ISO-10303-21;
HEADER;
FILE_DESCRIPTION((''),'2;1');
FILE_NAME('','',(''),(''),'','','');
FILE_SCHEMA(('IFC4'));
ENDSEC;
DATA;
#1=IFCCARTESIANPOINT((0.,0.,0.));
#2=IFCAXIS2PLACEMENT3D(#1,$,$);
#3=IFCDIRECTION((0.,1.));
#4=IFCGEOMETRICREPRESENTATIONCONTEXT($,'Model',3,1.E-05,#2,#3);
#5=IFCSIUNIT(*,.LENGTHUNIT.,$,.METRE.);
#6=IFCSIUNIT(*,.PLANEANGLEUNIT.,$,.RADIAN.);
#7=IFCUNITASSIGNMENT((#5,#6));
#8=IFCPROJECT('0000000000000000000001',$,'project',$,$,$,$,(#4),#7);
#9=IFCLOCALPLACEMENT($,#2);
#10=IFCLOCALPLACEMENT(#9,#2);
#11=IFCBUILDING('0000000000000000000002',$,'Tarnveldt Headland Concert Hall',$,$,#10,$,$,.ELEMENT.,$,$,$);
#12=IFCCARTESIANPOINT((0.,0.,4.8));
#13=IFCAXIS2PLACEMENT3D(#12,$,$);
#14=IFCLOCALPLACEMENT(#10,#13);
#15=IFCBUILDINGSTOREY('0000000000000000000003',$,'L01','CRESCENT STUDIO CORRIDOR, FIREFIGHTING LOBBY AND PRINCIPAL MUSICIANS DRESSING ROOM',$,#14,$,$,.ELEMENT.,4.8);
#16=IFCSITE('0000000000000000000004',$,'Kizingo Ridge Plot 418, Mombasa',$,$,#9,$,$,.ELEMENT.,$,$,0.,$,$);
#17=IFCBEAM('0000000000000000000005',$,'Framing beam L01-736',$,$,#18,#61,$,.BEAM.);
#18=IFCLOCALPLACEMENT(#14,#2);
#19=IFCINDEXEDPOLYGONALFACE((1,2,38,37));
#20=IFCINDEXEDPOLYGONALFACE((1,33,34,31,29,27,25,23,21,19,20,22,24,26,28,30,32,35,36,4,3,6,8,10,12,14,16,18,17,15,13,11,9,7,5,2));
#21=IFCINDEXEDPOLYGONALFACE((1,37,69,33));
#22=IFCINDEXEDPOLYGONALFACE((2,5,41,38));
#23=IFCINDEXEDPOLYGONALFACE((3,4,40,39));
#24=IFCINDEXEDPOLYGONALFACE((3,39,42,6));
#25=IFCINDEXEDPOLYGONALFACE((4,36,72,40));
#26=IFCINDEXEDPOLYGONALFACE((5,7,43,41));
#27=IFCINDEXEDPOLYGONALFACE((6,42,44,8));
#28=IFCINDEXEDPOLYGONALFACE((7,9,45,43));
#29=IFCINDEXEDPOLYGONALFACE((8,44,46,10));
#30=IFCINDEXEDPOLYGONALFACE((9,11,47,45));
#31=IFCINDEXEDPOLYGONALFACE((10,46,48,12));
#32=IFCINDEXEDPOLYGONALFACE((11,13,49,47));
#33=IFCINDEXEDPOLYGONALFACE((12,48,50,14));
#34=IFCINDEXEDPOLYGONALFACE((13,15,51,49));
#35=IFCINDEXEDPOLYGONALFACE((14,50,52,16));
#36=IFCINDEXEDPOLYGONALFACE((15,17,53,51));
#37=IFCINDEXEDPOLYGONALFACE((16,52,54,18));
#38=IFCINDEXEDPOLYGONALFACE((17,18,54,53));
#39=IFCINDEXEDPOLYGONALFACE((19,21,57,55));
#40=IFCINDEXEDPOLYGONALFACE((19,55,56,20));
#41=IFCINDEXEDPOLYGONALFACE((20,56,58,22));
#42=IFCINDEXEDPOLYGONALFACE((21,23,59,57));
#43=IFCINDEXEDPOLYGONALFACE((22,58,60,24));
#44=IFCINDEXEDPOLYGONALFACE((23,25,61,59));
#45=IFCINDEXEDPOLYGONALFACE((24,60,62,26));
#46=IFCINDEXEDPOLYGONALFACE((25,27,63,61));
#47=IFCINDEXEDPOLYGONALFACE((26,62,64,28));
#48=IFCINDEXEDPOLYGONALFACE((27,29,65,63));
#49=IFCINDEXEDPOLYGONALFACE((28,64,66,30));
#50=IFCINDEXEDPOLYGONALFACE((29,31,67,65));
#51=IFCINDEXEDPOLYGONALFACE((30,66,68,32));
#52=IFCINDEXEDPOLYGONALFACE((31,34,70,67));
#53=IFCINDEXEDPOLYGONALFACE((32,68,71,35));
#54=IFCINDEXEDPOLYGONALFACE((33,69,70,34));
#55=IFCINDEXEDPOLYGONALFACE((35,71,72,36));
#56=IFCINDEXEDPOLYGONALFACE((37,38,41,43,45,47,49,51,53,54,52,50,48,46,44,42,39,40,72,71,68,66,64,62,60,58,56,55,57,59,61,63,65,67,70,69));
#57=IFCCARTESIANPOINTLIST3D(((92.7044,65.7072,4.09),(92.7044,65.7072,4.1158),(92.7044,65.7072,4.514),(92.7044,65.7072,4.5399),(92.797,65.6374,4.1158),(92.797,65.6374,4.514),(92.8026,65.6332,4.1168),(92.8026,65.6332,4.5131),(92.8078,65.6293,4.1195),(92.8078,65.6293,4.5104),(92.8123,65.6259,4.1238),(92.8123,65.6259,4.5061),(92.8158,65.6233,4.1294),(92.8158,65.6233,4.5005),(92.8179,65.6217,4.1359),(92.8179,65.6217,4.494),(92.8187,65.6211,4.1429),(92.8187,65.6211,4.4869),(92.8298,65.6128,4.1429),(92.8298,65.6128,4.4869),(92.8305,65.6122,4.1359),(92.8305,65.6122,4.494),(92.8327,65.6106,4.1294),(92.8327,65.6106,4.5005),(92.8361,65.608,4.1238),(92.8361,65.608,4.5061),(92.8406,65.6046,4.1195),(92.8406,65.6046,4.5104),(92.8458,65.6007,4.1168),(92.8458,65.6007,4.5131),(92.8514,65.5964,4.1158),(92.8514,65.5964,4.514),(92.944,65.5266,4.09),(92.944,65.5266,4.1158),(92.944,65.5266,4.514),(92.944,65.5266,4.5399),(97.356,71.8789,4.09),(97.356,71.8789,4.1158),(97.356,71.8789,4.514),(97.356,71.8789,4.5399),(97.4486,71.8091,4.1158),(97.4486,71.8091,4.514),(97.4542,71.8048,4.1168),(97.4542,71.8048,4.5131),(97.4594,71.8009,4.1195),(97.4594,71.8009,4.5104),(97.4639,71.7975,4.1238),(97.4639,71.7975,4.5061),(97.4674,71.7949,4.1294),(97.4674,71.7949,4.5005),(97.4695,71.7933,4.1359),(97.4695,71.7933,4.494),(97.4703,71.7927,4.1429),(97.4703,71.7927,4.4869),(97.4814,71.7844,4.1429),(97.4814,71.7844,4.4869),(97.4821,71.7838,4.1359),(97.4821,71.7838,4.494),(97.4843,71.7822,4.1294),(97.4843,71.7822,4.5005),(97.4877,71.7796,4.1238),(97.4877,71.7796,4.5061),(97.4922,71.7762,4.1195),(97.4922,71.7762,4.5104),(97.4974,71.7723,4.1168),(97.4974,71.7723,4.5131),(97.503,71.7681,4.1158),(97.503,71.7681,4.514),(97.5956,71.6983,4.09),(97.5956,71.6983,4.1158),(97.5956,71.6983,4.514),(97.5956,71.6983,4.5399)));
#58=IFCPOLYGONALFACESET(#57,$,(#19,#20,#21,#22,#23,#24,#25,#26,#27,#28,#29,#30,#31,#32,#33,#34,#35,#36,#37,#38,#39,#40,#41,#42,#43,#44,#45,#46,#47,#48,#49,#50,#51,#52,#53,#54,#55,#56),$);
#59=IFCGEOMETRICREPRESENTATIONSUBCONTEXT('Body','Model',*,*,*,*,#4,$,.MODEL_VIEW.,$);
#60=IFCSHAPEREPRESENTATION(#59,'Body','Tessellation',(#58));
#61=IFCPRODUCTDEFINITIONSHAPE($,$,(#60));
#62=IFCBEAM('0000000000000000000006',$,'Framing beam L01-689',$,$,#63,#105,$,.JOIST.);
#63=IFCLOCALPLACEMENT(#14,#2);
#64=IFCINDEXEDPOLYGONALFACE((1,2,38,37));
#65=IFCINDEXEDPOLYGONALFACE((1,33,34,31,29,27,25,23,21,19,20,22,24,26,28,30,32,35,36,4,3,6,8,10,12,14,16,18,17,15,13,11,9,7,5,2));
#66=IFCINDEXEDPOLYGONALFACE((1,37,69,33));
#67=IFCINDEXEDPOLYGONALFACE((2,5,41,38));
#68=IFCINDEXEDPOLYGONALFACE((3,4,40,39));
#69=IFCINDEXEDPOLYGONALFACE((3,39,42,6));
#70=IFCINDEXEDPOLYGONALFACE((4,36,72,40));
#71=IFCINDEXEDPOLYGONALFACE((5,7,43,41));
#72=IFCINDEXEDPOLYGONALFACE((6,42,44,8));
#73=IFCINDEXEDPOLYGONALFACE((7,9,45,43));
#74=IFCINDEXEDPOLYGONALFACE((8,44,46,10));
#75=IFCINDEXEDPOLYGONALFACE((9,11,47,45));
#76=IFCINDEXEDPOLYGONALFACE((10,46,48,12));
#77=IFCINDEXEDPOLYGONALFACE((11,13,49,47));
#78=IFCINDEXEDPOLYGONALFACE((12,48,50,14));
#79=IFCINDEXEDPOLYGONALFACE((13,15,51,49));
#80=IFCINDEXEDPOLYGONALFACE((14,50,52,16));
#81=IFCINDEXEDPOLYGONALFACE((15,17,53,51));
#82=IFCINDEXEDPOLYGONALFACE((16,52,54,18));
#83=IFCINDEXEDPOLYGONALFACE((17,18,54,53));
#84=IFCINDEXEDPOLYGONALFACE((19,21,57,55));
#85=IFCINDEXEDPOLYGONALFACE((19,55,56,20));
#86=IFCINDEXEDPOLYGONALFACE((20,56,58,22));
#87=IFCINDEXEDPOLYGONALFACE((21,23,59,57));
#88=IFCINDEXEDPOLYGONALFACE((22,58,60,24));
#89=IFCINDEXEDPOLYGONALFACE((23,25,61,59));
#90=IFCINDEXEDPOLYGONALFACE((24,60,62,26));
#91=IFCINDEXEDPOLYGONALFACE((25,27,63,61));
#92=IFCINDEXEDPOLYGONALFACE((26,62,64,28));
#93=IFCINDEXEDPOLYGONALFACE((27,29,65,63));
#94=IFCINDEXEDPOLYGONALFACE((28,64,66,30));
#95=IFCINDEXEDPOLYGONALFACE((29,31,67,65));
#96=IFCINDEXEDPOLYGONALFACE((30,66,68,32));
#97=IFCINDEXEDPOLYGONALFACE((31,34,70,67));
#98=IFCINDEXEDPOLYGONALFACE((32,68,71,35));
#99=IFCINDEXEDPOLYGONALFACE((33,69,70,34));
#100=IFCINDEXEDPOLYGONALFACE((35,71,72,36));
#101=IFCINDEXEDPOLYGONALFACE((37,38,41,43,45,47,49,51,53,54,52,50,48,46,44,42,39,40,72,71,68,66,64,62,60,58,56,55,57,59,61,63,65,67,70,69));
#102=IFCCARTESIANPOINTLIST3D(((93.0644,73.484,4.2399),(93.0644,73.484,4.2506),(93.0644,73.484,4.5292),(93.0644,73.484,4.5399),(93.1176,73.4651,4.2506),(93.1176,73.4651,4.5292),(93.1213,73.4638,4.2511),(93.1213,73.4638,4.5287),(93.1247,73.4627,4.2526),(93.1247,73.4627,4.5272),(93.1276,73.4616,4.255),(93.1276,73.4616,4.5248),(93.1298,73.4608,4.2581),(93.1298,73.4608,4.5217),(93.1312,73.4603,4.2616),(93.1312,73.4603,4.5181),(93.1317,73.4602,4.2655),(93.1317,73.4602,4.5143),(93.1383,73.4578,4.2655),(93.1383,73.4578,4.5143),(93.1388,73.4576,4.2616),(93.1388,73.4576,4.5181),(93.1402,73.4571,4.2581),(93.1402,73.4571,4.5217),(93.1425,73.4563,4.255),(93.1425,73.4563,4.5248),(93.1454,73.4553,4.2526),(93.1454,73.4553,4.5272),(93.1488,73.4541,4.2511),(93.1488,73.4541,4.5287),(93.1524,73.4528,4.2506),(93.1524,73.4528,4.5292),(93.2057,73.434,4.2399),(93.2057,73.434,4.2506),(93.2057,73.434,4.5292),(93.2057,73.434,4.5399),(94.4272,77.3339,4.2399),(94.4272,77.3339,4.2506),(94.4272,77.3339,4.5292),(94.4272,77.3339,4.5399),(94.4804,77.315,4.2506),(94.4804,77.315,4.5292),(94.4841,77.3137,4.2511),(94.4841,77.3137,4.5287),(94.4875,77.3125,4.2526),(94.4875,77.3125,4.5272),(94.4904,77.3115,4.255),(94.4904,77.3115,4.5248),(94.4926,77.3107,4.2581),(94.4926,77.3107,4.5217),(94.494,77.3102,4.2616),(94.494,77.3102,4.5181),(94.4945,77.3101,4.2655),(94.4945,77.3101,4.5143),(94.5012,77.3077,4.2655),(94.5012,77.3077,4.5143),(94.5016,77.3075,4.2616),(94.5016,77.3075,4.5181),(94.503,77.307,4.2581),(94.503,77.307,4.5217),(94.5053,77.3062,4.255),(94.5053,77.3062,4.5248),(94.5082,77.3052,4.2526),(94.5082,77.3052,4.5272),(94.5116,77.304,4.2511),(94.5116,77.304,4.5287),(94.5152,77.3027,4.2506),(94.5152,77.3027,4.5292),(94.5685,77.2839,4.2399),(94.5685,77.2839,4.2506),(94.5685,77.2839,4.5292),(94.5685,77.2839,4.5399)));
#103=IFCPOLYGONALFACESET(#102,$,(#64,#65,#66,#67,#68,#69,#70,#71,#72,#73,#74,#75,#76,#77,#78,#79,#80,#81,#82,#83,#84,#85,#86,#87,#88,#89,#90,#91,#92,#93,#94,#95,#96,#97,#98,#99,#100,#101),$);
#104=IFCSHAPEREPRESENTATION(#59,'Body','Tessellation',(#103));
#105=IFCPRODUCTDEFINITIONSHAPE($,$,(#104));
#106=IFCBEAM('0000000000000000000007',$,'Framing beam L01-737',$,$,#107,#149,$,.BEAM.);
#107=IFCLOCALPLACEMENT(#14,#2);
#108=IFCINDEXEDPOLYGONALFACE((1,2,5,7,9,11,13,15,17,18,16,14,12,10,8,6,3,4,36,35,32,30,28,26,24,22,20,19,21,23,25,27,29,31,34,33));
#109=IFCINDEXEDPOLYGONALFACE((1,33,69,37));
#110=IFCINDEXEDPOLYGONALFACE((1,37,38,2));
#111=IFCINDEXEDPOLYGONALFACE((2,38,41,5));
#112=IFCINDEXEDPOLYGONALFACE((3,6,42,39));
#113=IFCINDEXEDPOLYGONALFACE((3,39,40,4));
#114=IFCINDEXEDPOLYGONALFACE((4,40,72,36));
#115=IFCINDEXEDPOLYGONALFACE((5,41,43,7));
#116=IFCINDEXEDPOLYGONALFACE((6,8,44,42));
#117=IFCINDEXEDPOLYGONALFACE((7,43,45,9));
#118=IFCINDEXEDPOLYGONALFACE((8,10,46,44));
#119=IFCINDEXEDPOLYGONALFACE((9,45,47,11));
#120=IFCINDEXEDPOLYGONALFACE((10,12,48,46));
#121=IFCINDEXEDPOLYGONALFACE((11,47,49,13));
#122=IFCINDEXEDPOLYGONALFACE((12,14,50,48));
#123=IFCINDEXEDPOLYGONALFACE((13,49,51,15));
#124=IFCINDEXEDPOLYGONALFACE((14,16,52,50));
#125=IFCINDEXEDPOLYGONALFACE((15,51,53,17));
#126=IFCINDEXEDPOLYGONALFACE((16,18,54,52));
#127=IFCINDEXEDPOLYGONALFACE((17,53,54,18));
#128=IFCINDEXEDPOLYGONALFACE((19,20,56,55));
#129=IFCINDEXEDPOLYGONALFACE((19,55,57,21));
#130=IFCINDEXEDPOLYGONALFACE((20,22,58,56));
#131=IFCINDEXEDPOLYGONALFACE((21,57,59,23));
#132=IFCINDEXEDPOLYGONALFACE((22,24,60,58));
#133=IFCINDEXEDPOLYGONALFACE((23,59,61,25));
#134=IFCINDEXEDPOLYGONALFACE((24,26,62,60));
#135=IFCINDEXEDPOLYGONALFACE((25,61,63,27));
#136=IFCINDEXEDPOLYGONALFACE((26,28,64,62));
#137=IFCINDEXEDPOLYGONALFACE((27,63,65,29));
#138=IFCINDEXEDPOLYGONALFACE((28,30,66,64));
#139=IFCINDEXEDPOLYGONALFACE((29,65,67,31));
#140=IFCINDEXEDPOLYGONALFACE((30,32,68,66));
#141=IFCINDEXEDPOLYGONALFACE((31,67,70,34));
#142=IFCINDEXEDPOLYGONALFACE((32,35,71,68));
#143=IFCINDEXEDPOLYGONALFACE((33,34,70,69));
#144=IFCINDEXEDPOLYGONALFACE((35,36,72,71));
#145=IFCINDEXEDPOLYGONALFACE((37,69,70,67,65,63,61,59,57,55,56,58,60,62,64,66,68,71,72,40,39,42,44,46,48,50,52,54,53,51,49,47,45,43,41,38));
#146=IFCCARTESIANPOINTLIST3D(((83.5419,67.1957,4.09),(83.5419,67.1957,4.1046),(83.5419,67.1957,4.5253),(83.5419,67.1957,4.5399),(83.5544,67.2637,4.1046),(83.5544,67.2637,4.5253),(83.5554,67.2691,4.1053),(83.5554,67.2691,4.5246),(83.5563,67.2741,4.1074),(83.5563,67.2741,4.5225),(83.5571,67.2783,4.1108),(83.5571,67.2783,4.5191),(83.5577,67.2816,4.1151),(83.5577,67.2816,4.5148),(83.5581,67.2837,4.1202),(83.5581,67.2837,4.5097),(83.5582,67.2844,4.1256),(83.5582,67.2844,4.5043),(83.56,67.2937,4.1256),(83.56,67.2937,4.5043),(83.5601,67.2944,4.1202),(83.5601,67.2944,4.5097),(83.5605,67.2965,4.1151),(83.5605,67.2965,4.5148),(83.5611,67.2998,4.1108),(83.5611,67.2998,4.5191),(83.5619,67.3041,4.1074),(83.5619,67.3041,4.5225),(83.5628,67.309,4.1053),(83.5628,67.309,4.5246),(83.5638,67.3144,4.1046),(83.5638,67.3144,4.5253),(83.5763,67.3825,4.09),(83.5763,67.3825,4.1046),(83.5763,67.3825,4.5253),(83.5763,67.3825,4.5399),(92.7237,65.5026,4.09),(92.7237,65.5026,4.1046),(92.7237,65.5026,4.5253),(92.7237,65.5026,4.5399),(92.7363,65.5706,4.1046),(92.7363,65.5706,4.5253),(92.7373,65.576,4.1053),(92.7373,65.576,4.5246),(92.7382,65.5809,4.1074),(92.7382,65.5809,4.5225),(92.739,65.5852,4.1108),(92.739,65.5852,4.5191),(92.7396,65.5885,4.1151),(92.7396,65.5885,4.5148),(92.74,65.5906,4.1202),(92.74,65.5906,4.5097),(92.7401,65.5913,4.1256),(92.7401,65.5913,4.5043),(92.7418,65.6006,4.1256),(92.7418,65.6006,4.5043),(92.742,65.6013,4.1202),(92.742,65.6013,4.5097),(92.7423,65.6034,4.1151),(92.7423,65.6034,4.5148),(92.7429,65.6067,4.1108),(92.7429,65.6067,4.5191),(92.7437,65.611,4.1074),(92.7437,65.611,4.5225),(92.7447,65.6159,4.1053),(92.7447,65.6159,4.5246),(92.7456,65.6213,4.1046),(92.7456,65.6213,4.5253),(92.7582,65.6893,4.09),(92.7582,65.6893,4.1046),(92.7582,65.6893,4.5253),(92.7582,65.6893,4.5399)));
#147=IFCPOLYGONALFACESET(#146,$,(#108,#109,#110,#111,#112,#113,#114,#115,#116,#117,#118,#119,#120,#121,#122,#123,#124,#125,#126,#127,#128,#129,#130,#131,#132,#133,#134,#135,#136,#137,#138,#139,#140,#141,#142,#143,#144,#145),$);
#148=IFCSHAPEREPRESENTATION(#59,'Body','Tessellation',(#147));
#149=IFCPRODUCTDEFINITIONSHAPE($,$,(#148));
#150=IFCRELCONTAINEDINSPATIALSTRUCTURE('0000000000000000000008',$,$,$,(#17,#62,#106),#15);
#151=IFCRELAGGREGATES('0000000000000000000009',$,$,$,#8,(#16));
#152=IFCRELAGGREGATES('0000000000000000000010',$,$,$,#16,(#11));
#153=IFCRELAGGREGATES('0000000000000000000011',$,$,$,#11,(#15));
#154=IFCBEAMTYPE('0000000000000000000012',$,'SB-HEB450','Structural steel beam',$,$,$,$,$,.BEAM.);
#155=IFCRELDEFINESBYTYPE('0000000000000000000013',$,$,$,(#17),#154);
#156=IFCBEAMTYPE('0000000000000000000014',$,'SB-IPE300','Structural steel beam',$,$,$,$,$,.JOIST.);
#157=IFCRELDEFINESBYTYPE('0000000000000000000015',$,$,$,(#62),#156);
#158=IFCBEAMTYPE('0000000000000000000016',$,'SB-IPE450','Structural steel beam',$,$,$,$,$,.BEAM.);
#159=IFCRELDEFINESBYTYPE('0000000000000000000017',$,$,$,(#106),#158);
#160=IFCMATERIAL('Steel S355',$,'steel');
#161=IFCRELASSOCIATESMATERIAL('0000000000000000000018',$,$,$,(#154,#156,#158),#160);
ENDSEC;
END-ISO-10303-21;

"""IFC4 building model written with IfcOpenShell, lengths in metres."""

from ifc_helpers import new_model, si_unit, direction, frame, origin, origin_2d, place, context, subcontext, project, spatial, i_section, extrude, material, material_profile, profile_set, type_object, element, save


model = new_model("IFC4")

# Units and contexts
model_context = context("Model", 3, precision=1e-05, world=origin(), true_north=direction((0.0, 1.0)))
body_context = subcontext(model_context, "Body", "Model", "MODEL_VIEW")
ifc_project = project(units=[si_unit("LENGTHUNIT", "METRE"), si_unit("PLANEANGLEUNIT", "RADIAN")], contexts=[model_context])

# Site, building, storey
site_placement = place(None, origin())
site = spatial("IfcSite", under=ifc_project, at=site_placement, Name="Kizingo Ridge Plot 418, Mombasa", CompositionType="ELEMENT", RefElevation=0.0)
building_placement = place(site_placement, origin())
building = spatial("IfcBuilding", under=site, at=building_placement, Name="Tarnveldt Headland Concert Hall", CompositionType="ELEMENT")
storey_placement = place(building_placement, frame((0.0, 0.0, 4.8)))
storey = spatial("IfcBuildingStorey", under=building, at=storey_placement, Name="L01", Description="CRESCENT STUDIO CORRIDOR, FIREFIGHTING LOBBY AND PRINCIPAL MUSICIANS DRESSING ROOM", CompositionType="ELEMENT", Elevation=4.8)

# Shared definitions
ifc_material_1 = material(Name="Steel S355", Category="steel")

# Beams
ifc_material_profile_1 = material_profile(ifc_material_1, i_section(OverallWidth=0.3, OverallDepth=0.45, WebThickness=0.0139, FlangeThickness=0.0259, FilletRadius=0.0271, at=origin_2d()), Name="HEB450", Category="steel")
ifc_profile_set_1 = profile_set([ifc_material_profile_1], Name="Steel S355")
beam_type_1 = type_object("IfcBeamType", Name="SB-HEB450", Description="Structural steel beam", PredefinedType="BEAM", material=ifc_profile_set_1)
beam_1_placement = place(storey_placement, frame((92.8242, 65.6169, 4.3149), z_axis=(0.601894, 0.798576, 0.0), x_axis=(-0.798576, 0.601894, 0.0)))
element("IfcBeam", 1, at=beam_1_placement, inside=storey, type_object=beam_type_1, Name="Framing beam L01-736", PredefinedType="BEAM", context=body_context, shape_type="SweptSolid", body=[
    extrude(i_section(OverallWidth=0.3, OverallDepth=0.45, WebThickness=0.0139, FlangeThickness=0.0259, FilletRadius=0.0271, at=origin_2d()), origin(), (0.0, 0.0, 1.0), 7.7283),
])
ifc_material_profile_2 = material_profile(ifc_material_1, i_section(OverallWidth=0.1499, OverallDepth=0.3, WebThickness=0.0071, FlangeThickness=0.0107, FilletRadius=0.0149, at=origin_2d()), Name="IPE300", Category="steel")
ifc_profile_set_2 = profile_set([ifc_material_profile_2], Name="Steel S355")
beam_type_2 = type_object("IfcBeamType", Name="SB-IPE300", Description="Structural steel beam", PredefinedType="JOIST", material=ifc_profile_set_2)
beam_2_placement = place(storey_placement, frame((93.135, 73.459, 4.3899), z_axis=(0.333696, 0.942681, 0.0), x_axis=(-0.942681, 0.333696, 0.0)))
element("IfcBeam", 2, at=beam_2_placement, inside=storey, type_object=beam_type_2, Name="Framing beam L01-689", PredefinedType="JOIST", context=body_context, shape_type="SweptSolid", body=[
    extrude(i_section(OverallWidth=0.1499, OverallDepth=0.3, WebThickness=0.0071, FlangeThickness=0.0107, FilletRadius=0.0149, at=origin_2d()), origin(), (0.0, 0.0, 1.0), 4.084),
])
ifc_material_profile_3 = material_profile(ifc_material_1, i_section(OverallWidth=0.1899, OverallDepth=0.45, WebThickness=0.0095, FlangeThickness=0.0146, FilletRadius=0.021, at=origin_2d()), Name="IPE450", Category="steel")
ifc_profile_set_3 = profile_set([ifc_material_profile_3], Name="Steel S355")
beam_type_3 = type_object("IfcBeamType", Name="SB-IPE450", Description="Structural steel beam", PredefinedType="BEAM", material=ifc_profile_set_3)
beam_3_placement = place(storey_placement, frame((92.741, 65.5959, 4.3149), z_axis=(-0.98342, 0.18134, 0.0), x_axis=(-0.18134, -0.98342, 0.0)))
element("IfcBeam", 3, at=beam_3_placement, inside=storey, type_object=beam_type_3, Name="Framing beam L01-737", PredefinedType="BEAM", context=body_context, shape_type="SweptSolid", body=[
    extrude(i_section(OverallWidth=0.1899, OverallDepth=0.45, WebThickness=0.0095, FlangeThickness=0.0146, FilletRadius=0.021, at=origin_2d()), origin(), (0.0, 0.0, 1.0), 9.3367),
])

save(model, "model.ifc")
